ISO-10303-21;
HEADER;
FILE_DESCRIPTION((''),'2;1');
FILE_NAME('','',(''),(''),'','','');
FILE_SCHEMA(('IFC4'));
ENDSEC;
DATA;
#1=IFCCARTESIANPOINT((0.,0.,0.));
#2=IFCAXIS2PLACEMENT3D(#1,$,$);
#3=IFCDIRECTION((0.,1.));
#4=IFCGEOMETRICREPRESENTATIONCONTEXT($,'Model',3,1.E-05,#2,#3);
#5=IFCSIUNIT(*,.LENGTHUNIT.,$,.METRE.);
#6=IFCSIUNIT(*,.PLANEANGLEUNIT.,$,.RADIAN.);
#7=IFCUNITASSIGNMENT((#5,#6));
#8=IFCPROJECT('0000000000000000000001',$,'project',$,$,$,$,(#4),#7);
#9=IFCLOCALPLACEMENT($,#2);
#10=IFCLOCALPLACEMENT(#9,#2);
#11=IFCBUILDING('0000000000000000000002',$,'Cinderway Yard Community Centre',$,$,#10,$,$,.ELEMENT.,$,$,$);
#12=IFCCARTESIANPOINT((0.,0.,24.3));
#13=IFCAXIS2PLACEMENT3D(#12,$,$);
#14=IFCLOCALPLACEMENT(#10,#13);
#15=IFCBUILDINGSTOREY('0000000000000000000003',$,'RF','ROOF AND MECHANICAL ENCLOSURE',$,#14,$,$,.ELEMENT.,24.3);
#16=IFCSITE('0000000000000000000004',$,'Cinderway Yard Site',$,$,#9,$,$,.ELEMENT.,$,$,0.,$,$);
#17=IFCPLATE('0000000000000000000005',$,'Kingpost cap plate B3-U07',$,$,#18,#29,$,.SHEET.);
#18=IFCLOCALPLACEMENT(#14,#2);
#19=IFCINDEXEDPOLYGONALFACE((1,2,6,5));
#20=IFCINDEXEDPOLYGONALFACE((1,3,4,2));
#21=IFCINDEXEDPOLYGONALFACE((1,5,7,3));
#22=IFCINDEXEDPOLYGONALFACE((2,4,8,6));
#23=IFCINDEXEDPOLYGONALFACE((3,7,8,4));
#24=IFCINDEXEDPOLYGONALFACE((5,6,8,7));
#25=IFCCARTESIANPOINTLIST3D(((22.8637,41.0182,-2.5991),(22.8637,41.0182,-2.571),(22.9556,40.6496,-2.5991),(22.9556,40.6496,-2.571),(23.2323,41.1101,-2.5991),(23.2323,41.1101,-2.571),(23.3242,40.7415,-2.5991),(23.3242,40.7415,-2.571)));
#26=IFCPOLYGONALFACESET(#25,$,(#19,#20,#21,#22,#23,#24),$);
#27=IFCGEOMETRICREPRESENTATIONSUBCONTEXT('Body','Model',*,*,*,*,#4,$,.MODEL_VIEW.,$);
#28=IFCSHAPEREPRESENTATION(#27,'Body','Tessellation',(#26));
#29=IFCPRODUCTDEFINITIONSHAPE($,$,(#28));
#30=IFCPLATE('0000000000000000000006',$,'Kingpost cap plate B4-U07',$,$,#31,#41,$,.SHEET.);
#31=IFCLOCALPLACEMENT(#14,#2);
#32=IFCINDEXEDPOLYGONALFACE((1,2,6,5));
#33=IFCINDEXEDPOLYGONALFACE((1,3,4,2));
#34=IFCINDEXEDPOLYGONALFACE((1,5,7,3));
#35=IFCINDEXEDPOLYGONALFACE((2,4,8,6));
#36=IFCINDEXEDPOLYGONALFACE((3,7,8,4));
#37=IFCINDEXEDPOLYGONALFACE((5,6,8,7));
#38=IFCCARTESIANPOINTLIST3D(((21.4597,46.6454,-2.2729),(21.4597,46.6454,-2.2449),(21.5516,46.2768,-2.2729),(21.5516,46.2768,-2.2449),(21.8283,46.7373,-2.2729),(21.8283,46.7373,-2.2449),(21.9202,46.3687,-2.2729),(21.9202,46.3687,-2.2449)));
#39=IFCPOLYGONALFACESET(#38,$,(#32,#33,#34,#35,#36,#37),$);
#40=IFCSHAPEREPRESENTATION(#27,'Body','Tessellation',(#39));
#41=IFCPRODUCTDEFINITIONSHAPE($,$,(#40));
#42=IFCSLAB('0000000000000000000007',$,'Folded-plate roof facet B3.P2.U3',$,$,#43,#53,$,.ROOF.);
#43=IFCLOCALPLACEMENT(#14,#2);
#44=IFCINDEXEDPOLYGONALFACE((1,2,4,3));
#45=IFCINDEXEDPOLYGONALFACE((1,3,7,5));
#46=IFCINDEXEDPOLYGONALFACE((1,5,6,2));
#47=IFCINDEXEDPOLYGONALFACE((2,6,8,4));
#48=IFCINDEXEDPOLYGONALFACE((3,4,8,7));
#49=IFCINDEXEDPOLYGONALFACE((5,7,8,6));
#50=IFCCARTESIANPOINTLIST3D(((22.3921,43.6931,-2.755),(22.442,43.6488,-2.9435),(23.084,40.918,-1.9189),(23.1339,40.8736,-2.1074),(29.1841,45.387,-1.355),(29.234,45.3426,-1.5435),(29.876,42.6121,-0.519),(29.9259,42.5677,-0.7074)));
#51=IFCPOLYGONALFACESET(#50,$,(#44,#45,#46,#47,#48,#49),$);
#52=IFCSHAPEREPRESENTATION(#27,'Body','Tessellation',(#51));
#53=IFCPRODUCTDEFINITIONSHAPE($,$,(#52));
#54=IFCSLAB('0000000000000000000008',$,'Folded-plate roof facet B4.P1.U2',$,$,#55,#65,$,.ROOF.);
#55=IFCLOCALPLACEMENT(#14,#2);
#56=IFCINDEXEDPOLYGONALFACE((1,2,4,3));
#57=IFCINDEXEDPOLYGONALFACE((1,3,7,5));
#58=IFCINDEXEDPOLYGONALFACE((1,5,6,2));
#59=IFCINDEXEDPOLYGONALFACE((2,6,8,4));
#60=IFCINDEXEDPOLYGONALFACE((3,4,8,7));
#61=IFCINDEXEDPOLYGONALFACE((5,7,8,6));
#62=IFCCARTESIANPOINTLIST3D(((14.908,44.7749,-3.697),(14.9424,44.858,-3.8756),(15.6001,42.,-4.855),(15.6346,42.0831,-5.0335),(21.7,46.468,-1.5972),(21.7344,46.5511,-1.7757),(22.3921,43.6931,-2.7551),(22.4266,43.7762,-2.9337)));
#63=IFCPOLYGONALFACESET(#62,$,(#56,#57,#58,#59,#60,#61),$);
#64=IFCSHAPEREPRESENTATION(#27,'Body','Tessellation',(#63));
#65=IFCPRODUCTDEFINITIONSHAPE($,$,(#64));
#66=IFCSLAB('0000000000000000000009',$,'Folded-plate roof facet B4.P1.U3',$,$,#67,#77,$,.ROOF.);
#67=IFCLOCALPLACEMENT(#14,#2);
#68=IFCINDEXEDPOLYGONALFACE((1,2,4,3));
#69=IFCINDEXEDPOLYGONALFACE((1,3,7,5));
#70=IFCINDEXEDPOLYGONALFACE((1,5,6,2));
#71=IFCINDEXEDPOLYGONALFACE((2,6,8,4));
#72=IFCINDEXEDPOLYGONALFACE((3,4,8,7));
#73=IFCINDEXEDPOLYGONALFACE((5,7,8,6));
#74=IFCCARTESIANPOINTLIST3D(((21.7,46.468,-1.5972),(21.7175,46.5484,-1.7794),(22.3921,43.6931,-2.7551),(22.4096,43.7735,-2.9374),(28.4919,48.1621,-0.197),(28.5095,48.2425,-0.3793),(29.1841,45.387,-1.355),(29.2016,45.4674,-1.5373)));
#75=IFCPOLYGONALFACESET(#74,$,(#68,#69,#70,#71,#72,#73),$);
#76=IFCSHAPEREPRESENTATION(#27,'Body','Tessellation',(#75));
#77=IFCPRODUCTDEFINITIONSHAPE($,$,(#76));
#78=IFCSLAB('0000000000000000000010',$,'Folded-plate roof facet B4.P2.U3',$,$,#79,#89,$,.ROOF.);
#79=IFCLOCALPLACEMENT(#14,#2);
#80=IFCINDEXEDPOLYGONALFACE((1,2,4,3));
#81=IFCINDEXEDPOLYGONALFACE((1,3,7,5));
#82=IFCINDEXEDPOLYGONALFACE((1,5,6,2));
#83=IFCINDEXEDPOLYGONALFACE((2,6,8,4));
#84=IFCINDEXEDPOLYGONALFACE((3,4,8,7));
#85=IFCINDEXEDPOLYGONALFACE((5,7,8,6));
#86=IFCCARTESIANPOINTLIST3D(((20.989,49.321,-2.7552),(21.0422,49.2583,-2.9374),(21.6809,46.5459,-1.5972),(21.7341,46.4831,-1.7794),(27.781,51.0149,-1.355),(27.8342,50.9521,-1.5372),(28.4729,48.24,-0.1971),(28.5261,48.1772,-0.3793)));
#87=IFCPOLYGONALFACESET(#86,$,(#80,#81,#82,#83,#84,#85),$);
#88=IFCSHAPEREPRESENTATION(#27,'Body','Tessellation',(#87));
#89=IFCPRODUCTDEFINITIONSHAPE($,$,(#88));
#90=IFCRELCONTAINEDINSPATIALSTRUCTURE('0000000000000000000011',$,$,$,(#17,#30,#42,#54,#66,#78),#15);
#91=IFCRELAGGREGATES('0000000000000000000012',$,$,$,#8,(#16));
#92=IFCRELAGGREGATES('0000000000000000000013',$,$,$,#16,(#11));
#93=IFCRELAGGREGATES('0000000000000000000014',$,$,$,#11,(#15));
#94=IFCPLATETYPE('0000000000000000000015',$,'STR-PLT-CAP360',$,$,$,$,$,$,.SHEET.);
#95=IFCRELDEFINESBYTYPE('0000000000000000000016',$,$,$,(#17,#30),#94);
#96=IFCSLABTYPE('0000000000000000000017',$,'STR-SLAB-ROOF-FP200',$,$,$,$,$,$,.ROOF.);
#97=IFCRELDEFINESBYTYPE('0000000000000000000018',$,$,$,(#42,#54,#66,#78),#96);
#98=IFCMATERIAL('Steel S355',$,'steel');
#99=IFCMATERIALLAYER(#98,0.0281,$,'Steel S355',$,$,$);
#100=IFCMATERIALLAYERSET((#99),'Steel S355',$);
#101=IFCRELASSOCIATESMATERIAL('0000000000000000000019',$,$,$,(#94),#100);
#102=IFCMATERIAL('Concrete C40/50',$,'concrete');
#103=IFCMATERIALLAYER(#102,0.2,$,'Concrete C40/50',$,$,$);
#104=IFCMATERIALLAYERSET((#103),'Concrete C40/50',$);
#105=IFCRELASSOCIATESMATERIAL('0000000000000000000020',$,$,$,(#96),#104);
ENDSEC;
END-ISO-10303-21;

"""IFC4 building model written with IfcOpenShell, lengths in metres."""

from ifc_helpers import new_model, si_unit, direction, frame, origin, origin_2d, place, context, subcontext, project, spatial, polyline, rectangle, outline, extrude, material, layer, layer_set, type_object, element, save


model = new_model("IFC4")

# Units and contexts
model_context = context("Model", 3, precision=1e-05, world=origin(), true_north=direction((0.0, 1.0)))
body_context = subcontext(model_context, "Body", "Model", "MODEL_VIEW")
ifc_project = project(units=[si_unit("LENGTHUNIT", "METRE"), si_unit("PLANEANGLEUNIT", "RADIAN")], contexts=[model_context])

# Site, building, storey
site_placement = place(None, origin())
site = spatial("IfcSite", under=ifc_project, at=site_placement, Name="Cinderway Yard Site", CompositionType="ELEMENT", RefElevation=0.0)
building_placement = place(site_placement, origin())
building = spatial("IfcBuilding", under=site, at=building_placement, Name="Cinderway Yard Community Centre", CompositionType="ELEMENT")
storey_placement = place(building_placement, frame((0.0, 0.0, 24.3)))
storey = spatial("IfcBuildingStorey", under=building, at=storey_placement, Name="RF", Description="ROOF AND MECHANICAL ENCLOSURE", CompositionType="ELEMENT", Elevation=24.3)

# Shared definitions
ifc_material_1 = material(Name="Concrete C40/50", Category="concrete")
ifc_material_2 = material(Name="Steel S355", Category="steel")

# Plates
ifc_layer_1 = layer(ifc_material_2, 0.0281, Name="Steel S355")
ifc_layer_set_1 = layer_set([ifc_layer_1], Name="Steel S355")
plate_type_1 = type_object("IfcPlateType", Name="STR-PLT-CAP360", PredefinedType="SHEET", material=ifc_layer_set_1)
for number, where, z_axis, x_axis, name in (
    (1, (23.094, 40.8799, -2.5991), (0.0, 0.0, 1.0), (0.970296, 0.241922, 0.0), "Kingpost cap plate B3-U07"),
    (2, (21.6899, 46.5071, -2.2729), (0.0, 0.0, 1.0), (0.970296, 0.241922, 0.0), "Kingpost cap plate B4-U07"),
):
    element("IfcPlate", number, at=place(storey_placement, frame(where, z_axis=z_axis, x_axis=x_axis)), inside=storey, type_object=plate_type_1, Name=name, PredefinedType="SHEET", context=body_context, shape_type="SweptSolid", body=[
        extrude(rectangle(XDim=0.3799, YDim=0.3799, at=origin_2d()), origin(), (0.0, 0.0, 1.0), 0.0281),
    ])

# Slabs
ifc_layer_2 = layer(ifc_material_1, 0.2, Name="Concrete C40/50")
ifc_layer_set_2 = layer_set([ifc_layer_2], Name="Concrete C40/50")
slab_type = type_object("IfcSlabType", Name="STR-SLAB-ROOF-FP200", PredefinedType="ROOF", material=ifc_layer_set_2)
slab_1_placement = place(storey_placement, frame((23.084, 40.918, -1.9189), z_axis=(-0.249607, 0.221756, 0.942614), x_axis=(0.951431, 0.237314, 0.196112)))
element("IfcSlab", 3, at=slab_1_placement, inside=storey, type_object=slab_type, Name="Folded-plate roof facet B3.P2.U3", PredefinedType="ROOF", context=body_context, shape_type="SweptSolid", body=[
    extrude(outline(polyline([(0.0, 0.0), (7.1387, 0.0), (6.975, 2.975), (-0.1637, 2.9753), (0.0, 0.0)])), origin(), (0.0, 0.0, -1.0), 0.2),
])
slab_2_placement = place(storey_placement, frame((15.6001, 42.0, -4.855), z_axis=(-0.17247, -0.415671, 0.893013), x_axis=(0.929389, 0.231679, 0.287335)))
element("IfcSlab", 4, at=slab_2_placement, inside=storey, type_object=slab_type, Name="Folded-plate roof facet B4.P1.U2", PredefinedType="ROOF", context=body_context, shape_type="SweptSolid", body=[
    extrude(outline(polyline([(0.0, 0.0), (7.308, 0.0), (7.6404, 3.0675), (0.3323, 3.0675), (0.0, 0.0)])), origin(), (0.0, 0.0, -1.0), 0.2),
])
slab_3_placement = place(storey_placement, frame((22.3921, 43.6931, -2.7551), z_axis=(-0.08758, -0.402143, 0.911378), x_axis=(0.951437, 0.23728, 0.196129)))
element("IfcSlab", 5, at=slab_3_placement, inside=storey, type_object=slab_type, Name="Folded-plate roof facet B4.P1.U3", PredefinedType="ROOF", context=body_context, shape_type="SweptSolid", body=[
    extrude(outline(polyline([(0.0, 0.0), (7.1387, 0.0), (7.3657, 3.0773), (0.227, 3.0771), (0.0, 0.0)])), origin(), (0.0, 0.0, -1.0), 0.2),
])
slab_4_placement = place(storey_placement, frame((21.6809, 46.5459, -1.5972), z_axis=(-0.266173, 0.313932, 0.911372), x_axis=(0.95143, 0.237308, 0.196129)))
element("IfcSlab", 6, at=slab_4_placement, inside=storey, type_object=slab_type, Name="Folded-plate roof facet B4.P2.U3", PredefinedType="ROOF", context=body_context, shape_type="SweptSolid", body=[
    extrude(outline(polyline([(0.0, 0.0), (7.1387, 0.0), (6.9118, 3.077), (-0.2268, 3.0773), (0.0, 0.0)])), origin(), (0.0, 0.0, -1.0), 0.2),
])

save(model, "model.ifc")
